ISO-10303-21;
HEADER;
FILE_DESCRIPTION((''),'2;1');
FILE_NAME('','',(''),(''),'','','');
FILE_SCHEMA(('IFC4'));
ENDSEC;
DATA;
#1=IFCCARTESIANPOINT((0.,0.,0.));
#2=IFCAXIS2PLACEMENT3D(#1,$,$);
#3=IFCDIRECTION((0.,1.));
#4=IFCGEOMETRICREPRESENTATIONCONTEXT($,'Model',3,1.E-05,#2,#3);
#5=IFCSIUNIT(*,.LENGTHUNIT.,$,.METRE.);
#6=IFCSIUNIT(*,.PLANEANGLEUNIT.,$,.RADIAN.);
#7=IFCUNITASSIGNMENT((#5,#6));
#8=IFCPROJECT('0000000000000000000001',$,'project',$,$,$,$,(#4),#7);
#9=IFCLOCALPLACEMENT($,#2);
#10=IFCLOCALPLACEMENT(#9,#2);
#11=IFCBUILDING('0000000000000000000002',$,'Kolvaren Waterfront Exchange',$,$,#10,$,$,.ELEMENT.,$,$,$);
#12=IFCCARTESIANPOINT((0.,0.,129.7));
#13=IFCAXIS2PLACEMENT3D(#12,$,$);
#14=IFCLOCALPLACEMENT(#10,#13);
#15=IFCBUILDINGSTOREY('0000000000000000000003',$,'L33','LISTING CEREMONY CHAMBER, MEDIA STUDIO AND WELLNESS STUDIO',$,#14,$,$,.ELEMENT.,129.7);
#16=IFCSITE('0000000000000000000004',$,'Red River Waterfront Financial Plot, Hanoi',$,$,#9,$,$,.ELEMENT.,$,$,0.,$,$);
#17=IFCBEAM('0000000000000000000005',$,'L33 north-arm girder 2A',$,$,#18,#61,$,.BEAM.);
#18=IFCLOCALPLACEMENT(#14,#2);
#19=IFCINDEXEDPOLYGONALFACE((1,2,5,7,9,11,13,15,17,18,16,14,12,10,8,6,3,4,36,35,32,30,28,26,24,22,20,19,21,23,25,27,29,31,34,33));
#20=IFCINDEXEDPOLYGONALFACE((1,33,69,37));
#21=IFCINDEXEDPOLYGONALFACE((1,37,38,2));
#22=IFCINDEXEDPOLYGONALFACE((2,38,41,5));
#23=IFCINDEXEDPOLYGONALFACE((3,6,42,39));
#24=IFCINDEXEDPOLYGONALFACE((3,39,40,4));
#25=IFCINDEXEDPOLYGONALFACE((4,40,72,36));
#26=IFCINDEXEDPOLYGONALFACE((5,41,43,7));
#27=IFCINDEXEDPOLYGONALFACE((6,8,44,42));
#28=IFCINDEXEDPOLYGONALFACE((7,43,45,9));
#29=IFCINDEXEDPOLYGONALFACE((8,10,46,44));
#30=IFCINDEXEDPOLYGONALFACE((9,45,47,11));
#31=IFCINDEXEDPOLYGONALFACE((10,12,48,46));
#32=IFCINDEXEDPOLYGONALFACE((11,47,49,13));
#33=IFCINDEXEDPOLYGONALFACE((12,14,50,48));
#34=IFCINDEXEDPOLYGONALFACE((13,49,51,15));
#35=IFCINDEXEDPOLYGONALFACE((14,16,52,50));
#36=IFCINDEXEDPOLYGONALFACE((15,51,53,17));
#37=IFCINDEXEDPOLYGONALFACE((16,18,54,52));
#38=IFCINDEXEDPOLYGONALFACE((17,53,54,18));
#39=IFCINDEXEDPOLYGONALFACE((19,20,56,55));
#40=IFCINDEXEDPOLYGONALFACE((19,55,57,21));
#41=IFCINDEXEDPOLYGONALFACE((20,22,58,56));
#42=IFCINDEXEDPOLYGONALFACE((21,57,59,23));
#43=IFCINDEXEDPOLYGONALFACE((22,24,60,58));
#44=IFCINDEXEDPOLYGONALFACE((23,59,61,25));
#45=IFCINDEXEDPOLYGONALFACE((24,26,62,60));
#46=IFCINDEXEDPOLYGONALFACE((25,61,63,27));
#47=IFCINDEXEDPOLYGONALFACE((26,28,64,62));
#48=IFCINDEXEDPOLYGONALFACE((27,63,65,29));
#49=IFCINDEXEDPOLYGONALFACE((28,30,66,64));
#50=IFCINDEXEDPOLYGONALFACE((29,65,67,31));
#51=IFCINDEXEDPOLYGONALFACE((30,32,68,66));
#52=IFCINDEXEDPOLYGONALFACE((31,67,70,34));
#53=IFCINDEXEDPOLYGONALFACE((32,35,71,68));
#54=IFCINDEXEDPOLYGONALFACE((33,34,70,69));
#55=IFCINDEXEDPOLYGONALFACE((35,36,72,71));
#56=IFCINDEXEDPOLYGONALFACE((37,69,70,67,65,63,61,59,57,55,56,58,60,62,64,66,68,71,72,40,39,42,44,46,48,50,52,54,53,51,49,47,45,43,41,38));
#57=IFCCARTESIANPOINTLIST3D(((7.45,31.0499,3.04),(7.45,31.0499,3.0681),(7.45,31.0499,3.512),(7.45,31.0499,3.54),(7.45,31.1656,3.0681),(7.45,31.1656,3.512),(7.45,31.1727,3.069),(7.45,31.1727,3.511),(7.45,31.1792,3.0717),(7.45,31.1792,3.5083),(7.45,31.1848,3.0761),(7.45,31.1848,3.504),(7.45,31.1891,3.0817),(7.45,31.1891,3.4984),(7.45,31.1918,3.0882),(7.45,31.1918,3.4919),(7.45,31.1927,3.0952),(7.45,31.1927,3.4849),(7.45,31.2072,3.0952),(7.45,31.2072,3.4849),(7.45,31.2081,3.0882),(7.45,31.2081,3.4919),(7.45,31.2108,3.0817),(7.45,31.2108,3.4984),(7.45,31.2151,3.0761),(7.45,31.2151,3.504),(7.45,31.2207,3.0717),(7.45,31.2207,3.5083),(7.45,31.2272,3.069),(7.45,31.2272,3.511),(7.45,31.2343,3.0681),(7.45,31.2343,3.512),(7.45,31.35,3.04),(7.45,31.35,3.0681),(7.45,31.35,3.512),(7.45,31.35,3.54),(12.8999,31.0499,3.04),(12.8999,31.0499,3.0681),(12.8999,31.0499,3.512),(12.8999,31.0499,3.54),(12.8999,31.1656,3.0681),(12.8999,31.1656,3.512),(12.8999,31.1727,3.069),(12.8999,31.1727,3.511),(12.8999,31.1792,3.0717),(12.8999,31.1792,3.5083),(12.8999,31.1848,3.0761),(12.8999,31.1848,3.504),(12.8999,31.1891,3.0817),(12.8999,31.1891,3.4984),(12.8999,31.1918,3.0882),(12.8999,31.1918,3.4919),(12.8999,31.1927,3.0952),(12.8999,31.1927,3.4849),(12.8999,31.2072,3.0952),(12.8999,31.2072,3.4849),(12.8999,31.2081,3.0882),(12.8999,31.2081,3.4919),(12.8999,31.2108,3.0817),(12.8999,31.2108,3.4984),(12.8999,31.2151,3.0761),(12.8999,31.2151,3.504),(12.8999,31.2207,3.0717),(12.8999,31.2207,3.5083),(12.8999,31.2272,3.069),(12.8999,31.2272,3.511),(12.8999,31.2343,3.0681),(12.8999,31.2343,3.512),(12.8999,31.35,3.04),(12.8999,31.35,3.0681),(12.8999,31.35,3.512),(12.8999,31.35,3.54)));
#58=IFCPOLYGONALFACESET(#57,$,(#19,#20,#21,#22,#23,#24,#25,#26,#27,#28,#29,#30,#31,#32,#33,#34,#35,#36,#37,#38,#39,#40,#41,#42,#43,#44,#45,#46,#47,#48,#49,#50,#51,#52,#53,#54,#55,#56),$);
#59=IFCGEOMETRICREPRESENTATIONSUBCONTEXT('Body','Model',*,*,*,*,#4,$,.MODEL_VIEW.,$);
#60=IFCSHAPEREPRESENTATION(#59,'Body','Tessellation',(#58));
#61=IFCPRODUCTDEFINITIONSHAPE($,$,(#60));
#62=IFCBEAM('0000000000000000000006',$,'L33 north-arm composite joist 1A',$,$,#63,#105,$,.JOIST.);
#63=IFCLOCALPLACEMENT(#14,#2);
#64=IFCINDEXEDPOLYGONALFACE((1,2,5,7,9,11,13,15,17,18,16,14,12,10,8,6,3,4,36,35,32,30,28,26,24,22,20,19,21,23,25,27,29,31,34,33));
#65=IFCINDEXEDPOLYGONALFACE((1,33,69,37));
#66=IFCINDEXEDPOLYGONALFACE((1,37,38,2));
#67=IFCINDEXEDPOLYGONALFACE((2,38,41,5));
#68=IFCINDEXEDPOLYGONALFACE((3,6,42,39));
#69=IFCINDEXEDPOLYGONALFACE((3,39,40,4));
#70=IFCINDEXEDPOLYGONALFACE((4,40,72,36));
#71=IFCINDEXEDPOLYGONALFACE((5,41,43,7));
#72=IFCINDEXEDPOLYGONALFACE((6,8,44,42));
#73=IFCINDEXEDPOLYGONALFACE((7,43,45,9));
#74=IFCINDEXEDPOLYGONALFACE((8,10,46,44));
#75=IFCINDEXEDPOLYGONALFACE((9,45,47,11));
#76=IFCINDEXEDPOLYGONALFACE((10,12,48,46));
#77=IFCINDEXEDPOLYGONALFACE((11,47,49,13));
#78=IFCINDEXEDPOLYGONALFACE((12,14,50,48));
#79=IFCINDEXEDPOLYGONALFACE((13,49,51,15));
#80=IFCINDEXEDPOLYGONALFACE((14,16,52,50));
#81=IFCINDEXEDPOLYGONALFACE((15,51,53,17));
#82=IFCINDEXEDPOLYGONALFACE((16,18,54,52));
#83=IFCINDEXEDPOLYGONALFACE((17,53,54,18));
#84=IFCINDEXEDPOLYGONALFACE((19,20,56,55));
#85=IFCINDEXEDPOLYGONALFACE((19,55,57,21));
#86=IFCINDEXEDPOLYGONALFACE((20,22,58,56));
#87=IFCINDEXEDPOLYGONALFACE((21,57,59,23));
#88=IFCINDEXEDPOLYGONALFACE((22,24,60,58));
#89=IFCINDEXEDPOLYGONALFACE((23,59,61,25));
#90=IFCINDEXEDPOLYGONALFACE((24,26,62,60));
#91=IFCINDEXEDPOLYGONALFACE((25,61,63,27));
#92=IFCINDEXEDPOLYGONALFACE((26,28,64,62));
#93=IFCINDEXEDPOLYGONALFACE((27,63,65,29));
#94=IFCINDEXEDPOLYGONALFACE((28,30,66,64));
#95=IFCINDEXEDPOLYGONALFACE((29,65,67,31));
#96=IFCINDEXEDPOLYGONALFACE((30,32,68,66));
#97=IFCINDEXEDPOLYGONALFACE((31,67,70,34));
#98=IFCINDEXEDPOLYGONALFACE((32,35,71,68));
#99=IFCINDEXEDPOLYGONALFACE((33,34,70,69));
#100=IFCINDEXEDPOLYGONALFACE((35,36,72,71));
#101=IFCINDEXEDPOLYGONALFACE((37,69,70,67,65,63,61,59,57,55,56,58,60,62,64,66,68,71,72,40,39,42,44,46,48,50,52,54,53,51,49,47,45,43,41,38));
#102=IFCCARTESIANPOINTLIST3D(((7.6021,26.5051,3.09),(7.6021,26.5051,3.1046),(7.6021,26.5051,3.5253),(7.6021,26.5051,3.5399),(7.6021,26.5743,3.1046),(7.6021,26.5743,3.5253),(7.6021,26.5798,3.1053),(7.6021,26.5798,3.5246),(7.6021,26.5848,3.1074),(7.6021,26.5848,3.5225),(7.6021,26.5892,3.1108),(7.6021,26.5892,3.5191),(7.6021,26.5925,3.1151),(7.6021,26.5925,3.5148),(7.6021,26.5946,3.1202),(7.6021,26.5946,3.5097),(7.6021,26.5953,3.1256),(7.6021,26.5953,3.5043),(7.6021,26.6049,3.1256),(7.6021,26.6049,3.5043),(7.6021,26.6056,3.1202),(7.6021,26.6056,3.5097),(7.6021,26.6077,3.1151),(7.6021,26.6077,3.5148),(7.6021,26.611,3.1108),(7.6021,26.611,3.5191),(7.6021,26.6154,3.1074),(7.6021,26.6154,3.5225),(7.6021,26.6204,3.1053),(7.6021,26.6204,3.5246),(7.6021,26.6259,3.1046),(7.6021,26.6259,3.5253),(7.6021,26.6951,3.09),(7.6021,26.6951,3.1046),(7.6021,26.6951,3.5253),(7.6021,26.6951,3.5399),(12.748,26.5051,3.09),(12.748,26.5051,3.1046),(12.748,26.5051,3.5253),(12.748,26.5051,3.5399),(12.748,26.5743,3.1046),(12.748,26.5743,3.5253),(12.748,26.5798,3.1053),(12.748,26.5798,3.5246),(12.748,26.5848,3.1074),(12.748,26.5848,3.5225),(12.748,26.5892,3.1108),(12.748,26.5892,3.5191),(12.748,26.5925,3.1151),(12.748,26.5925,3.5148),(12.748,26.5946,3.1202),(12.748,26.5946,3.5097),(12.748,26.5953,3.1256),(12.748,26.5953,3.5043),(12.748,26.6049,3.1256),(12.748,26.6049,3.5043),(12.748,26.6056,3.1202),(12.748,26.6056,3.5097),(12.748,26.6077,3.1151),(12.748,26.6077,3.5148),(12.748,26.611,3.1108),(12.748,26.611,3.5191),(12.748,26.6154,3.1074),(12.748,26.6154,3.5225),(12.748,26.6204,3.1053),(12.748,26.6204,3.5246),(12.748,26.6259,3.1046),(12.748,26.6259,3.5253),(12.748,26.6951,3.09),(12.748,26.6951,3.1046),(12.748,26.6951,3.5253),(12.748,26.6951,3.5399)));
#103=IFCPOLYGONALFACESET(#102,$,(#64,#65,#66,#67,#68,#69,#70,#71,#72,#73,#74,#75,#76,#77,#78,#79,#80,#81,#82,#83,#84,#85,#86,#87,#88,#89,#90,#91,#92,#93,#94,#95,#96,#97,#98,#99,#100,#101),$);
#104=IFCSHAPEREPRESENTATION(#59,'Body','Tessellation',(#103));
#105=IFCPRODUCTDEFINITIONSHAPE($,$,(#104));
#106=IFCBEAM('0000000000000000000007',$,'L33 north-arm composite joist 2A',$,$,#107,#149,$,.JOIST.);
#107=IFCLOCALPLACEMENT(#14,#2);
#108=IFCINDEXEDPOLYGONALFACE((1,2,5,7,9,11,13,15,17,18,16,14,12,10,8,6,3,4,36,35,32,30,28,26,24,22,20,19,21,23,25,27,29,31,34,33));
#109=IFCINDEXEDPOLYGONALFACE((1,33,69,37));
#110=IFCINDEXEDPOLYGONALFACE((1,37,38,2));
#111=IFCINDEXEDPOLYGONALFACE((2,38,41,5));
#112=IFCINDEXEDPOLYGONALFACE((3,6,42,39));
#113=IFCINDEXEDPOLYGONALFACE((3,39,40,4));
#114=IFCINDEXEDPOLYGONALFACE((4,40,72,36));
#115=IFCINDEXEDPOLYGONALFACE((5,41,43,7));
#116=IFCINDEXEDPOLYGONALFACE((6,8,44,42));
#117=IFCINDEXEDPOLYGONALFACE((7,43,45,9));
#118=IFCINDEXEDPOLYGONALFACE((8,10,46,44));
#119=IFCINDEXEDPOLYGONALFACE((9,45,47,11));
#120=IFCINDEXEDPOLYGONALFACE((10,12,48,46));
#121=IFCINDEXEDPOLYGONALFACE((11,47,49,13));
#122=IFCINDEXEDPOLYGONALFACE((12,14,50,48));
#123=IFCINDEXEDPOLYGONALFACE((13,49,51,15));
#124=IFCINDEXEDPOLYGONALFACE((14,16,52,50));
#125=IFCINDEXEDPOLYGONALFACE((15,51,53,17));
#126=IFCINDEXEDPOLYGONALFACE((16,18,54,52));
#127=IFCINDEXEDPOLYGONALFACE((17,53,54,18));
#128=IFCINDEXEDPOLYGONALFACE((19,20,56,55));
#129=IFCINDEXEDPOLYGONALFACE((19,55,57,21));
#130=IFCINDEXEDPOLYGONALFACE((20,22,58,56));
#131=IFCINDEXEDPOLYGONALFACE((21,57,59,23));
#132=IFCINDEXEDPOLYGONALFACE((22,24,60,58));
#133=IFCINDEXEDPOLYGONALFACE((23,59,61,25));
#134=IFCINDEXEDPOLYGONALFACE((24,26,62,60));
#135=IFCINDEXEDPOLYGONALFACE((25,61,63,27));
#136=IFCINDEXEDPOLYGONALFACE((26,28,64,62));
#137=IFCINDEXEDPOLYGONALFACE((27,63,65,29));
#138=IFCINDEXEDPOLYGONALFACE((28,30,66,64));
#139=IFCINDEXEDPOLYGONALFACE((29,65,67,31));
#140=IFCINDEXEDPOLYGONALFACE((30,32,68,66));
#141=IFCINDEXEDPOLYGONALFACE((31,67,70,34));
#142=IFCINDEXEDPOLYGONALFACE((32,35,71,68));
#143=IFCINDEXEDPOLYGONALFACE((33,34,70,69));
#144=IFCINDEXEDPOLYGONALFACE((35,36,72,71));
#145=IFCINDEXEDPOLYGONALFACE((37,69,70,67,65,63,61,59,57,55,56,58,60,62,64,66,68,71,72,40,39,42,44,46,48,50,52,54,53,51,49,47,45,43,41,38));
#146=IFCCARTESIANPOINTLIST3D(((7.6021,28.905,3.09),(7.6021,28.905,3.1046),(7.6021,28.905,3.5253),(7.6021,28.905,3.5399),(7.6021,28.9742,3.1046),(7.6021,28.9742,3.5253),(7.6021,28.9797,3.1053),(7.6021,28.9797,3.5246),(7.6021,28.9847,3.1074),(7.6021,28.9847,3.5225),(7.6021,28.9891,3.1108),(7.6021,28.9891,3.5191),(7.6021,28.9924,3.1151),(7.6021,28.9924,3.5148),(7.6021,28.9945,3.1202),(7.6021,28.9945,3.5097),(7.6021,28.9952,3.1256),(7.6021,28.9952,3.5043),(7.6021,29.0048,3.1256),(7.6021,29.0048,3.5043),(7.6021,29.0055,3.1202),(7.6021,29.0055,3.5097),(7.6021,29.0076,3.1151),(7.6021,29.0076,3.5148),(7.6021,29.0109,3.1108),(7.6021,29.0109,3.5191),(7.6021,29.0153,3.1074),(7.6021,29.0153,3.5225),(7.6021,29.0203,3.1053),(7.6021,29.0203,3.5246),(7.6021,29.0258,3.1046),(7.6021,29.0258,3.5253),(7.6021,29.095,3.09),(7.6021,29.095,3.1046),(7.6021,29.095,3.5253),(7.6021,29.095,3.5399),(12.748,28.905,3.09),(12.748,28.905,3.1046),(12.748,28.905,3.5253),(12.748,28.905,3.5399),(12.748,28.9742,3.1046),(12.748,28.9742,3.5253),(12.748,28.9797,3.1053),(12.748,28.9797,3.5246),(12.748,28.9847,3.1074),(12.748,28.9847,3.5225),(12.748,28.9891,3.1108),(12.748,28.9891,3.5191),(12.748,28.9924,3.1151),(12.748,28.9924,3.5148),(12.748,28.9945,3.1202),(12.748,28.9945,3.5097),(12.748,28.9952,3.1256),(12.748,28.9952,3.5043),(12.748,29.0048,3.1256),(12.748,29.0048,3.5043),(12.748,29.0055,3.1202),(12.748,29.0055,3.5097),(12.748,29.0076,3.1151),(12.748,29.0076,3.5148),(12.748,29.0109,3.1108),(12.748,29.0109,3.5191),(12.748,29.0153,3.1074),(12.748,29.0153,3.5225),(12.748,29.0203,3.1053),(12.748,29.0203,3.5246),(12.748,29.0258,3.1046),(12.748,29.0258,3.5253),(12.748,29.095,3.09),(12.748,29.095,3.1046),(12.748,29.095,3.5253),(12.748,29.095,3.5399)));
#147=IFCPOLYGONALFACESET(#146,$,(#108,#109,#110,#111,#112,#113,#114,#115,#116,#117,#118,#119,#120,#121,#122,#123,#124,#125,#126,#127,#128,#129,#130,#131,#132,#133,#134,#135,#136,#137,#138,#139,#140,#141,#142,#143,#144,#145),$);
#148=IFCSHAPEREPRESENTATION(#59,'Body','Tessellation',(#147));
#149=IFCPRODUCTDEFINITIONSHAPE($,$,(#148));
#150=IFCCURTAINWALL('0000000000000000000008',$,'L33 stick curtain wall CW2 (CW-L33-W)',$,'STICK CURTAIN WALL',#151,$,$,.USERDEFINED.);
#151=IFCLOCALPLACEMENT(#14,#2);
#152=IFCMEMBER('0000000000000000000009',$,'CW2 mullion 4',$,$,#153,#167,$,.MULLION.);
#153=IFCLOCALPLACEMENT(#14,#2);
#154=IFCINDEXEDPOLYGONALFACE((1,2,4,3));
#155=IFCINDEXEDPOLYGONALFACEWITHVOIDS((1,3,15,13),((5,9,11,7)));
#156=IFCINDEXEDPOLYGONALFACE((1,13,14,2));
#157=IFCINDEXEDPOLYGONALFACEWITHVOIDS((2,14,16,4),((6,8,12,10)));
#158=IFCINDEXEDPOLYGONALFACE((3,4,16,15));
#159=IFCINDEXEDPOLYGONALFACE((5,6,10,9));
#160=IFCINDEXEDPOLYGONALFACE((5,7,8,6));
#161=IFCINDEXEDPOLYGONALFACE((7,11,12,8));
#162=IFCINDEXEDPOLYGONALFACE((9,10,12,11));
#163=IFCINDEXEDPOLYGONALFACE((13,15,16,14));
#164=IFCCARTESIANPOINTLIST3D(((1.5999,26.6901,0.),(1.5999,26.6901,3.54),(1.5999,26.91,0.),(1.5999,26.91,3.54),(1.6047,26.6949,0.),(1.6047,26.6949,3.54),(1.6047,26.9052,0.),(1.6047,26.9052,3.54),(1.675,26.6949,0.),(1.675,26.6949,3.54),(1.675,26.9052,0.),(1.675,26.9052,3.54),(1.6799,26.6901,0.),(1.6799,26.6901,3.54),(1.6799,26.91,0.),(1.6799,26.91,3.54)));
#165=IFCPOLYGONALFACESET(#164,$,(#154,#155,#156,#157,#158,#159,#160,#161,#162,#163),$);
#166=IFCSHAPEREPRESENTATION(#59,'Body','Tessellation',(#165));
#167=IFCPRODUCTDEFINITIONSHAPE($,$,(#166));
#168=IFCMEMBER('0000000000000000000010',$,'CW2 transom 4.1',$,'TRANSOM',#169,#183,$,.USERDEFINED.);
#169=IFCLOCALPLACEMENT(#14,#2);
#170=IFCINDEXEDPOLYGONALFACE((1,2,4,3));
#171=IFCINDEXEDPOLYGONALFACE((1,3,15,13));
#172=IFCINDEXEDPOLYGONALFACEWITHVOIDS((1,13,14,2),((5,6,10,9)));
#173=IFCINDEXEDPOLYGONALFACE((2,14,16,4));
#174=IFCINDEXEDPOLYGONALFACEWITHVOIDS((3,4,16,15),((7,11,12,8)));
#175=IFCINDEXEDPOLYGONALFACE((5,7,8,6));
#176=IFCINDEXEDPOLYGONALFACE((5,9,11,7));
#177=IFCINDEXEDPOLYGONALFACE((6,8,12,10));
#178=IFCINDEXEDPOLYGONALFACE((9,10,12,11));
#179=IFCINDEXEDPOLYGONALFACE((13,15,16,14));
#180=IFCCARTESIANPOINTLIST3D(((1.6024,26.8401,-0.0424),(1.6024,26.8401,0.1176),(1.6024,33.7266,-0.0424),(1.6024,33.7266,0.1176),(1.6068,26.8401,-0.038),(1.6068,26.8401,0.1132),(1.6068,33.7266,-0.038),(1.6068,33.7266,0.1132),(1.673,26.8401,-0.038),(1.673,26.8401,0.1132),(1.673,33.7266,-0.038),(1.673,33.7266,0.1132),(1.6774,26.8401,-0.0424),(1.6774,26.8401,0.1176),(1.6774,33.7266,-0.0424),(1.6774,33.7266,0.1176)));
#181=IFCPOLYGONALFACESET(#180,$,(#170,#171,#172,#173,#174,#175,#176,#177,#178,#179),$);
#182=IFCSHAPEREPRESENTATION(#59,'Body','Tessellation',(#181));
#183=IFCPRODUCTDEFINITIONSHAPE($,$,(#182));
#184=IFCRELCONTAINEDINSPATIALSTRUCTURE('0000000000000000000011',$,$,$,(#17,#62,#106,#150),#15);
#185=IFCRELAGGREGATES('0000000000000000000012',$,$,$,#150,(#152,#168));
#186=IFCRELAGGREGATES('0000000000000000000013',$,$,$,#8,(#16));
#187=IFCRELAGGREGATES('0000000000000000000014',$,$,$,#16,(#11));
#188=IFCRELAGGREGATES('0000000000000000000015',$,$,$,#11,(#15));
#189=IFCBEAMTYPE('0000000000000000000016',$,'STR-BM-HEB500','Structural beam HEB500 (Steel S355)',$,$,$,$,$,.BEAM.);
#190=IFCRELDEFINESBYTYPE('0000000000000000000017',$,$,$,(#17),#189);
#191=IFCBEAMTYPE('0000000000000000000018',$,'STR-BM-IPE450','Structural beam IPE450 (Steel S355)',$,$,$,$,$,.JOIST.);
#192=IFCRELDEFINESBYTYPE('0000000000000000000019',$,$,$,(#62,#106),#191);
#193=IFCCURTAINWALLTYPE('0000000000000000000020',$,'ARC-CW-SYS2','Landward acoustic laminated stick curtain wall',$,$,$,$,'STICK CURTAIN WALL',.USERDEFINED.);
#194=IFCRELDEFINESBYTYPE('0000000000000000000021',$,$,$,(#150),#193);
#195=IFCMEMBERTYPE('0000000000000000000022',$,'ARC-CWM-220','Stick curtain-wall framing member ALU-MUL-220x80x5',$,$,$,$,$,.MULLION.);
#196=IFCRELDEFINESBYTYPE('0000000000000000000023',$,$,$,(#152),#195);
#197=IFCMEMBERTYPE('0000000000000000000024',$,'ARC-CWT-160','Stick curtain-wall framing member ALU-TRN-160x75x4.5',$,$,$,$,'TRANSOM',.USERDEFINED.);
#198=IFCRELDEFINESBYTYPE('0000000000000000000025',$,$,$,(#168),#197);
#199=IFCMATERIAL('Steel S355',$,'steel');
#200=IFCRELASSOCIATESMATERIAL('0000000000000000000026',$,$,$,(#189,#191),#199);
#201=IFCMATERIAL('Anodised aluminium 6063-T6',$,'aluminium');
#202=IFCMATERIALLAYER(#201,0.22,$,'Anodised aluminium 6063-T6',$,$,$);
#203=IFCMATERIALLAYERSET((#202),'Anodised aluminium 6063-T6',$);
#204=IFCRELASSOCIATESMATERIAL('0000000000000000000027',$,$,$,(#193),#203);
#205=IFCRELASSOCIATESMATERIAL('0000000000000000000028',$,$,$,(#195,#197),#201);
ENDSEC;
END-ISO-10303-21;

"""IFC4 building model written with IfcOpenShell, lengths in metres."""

from ifc_helpers import new_model, si_unit, direction, frame, origin, origin_with_axes, origin_2d, place, context, subcontext, project, spatial, hollow_rectangle, i_section, extrude, source, transform, mapped, material, layer, layer_set, material_profile, profile_set, type_object, element, aggregate, save


model = new_model("IFC4")

# Units and contexts
model_context = context("Model", 3, precision=1e-05, world=origin(), true_north=direction((0.0, 1.0)))
body_context = subcontext(model_context, "Body", "Model", "MODEL_VIEW")
ifc_project = project(units=[si_unit("LENGTHUNIT", "METRE"), si_unit("PLANEANGLEUNIT", "RADIAN")], contexts=[model_context])

# Site, building, storey
site_placement = place(None, origin())
site = spatial("IfcSite", under=ifc_project, at=site_placement, Name="Red River Waterfront Financial Plot, Hanoi", CompositionType="ELEMENT", RefElevation=0.0)
building_placement = place(site_placement, origin())
building = spatial("IfcBuilding", under=site, at=building_placement, Name="Kolvaren Waterfront Exchange", CompositionType="ELEMENT")
storey_placement = place(building_placement, frame((0.0, 0.0, 129.7)))
storey = spatial("IfcBuildingStorey", under=building, at=storey_placement, Name="L33", Description="LISTING CEREMONY CHAMBER, MEDIA STUDIO AND WELLNESS STUDIO", CompositionType="ELEMENT", Elevation=129.7)

# Beams
ifc_material_1 = material(Name="Steel S355", Category="steel")
ifc_material_profile_1 = material_profile(ifc_material_1, i_section(OverallWidth=0.3, OverallDepth=0.5, WebThickness=0.0144, FlangeThickness=0.0281, FilletRadius=0.0271, at=origin_2d()), Name="HEB500")
ifc_profile_set_1 = profile_set([ifc_material_profile_1], Name="Steel S355")
beam_type_1 = type_object("IfcBeamType", Name="STR-BM-HEB500", Description="Structural beam HEB500 (Steel S355)", PredefinedType="BEAM", material=ifc_profile_set_1)
for number, where, z_axis, x_axis, name in (
    (1, (7.45, 31.2, 3.29), (1.0, 0.0, 0.0), (0.0, 1.0, 0.0), "L33 north-arm girder 2A"),
):
    element("IfcBeam", number, at=place(storey_placement, frame(where, z_axis=z_axis, x_axis=x_axis)), inside=storey, type_object=beam_type_1, Name=name, PredefinedType="BEAM", context=body_context, shape_type="SweptSolid", body=[
        extrude(i_section(OverallWidth=0.3, OverallDepth=0.5, WebThickness=0.0144, FlangeThickness=0.0281, FilletRadius=0.0271, at=origin_2d()), origin(), (0.0, 0.0, 1.0), 5.45),
    ])
ifc_material_profile_2 = material_profile(ifc_material_1, i_section(OverallWidth=0.1899, OverallDepth=0.45, WebThickness=0.0095, FlangeThickness=0.0146, FilletRadius=0.021, at=origin_2d()), Name="IPE450")
ifc_profile_set_2 = profile_set([ifc_material_profile_2], Name="Steel S355")
beam_type_2 = type_object("IfcBeamType", Name="STR-BM-IPE450", Description="Structural beam IPE450 (Steel S355)", PredefinedType="JOIST", material=ifc_profile_set_2)
for number, where, z_axis, x_axis, name in (
    (2, (7.6021, 26.6001, 3.3149), (1.0, 0.0, 0.0), (0.0, 1.0, 0.0), "L33 north-arm composite joist 1A"),
    (3, (7.6021, 29.0, 3.3149), (1.0, 0.0, 0.0), (0.0, 1.0, 0.0), "L33 north-arm composite joist 2A"),
):
    element("IfcBeam", number, at=place(storey_placement, frame(where, z_axis=z_axis, x_axis=x_axis)), inside=storey, type_object=beam_type_2, Name=name, PredefinedType="JOIST", context=body_context, shape_type="SweptSolid", body=[
        extrude(i_section(OverallWidth=0.1899, OverallDepth=0.45, WebThickness=0.0095, FlangeThickness=0.0146, FilletRadius=0.021, at=origin_2d()), origin(), (0.0, 0.0, 1.0), 5.146),
    ])

# Curtain wall, members
ifc_material_2 = material(Name="Anodised aluminium 6063-T6", Category="aluminium")
ifc_layer_1 = layer(ifc_material_2, 0.22, Name="Anodised aluminium 6063-T6")
ifc_layer_set_1 = layer_set([ifc_layer_1], Name="Anodised aluminium 6063-T6")
curtain_wall_type = type_object("IfcCurtainWallType", Name="ARC-CW-SYS2", Description="Landward acoustic laminated stick curtain wall", ElementType="STICK CURTAIN WALL", PredefinedType="USERDEFINED", material=ifc_layer_set_1)
curtain_wall_placement = place(storey_placement, origin())
curtain_wall = element("IfcCurtainWall", 4, at=curtain_wall_placement, inside=storey, type_object=curtain_wall_type, Name="L33 stick curtain wall CW2 (CW-L33-W)", ObjectType="STICK CURTAIN WALL", PredefinedType="USERDEFINED")
ifc_material_profile_3 = material_profile(ifc_material_2, hollow_rectangle(XDim=0.0801, YDim=0.22, WallThickness=0.0049, at=origin_2d()), Name="ALU-MUL-220x80x5")
ifc_profile_set_3 = profile_set([ifc_material_profile_3], Name="Anodised aluminium 6063-T6")
member_type_1 = type_object("IfcMemberType", Name="ARC-CWM-220", Description="Stick curtain-wall framing member ALU-MUL-220x80x5", PredefinedType="MULLION", material=ifc_profile_set_3)
shared_shape_1 = source(origin_with_axes(), body_context, "Body", "SweptSolid", [
    extrude(hollow_rectangle(XDim=0.0801, YDim=0.22, WallThickness=0.0049, at=origin_2d()), origin(), (0.0, 0.0, 1.0), 3.54),
])
member_1_placement = place(storey_placement, frame((1.6399, 26.8, 0.0), z_axis=(0.0, 0.0, 1.0), x_axis=(-1.0, 0.0, 0.0)))
member_1 = element("IfcMember", 5, at=member_1_placement, type_object=member_type_1, Name="CW2 mullion 4", PredefinedType="MULLION", context=body_context, shape_type="MappedRepresentation", body=[
    mapped(shared_shape_1, transform((0.0, 0.0, 0.0), x_axis=(1.0, 0.0, 0.0), y_axis=(0.0, 1.0, 0.0), z_axis=(0.0, 0.0, 1.0), scale=1.0)),
])
ifc_material_profile_4 = material_profile(ifc_material_2, hollow_rectangle(XDim=0.075, YDim=0.1599, WallThickness=0.0044, at=origin_2d()), Name="ALU-TRN-160x75x4.5")
ifc_profile_set_4 = profile_set([ifc_material_profile_4], Name="Anodised aluminium 6063-T6")
member_type_2 = type_object("IfcMemberType", Name="ARC-CWT-160", Description="Stick curtain-wall framing member ALU-TRN-160x75x4.5", ElementType="TRANSOM", PredefinedType="USERDEFINED", material=ifc_profile_set_4)
shared_shape_2 = source(origin_with_axes(), body_context, "Body", "SweptSolid", [
    extrude(hollow_rectangle(XDim=0.075, YDim=0.1599, WallThickness=0.0044, at=origin_2d()), origin(), (0.0, 0.0, 1.0), 6.8865),
])
member_2_placement = place(storey_placement, frame((1.6399, 26.8401, 0.0376), z_axis=(0.0, 1.0, 0.0), x_axis=(-1.0, 0.0, 0.0)))
member_2 = element("IfcMember", 6, at=member_2_placement, type_object=member_type_2, Name="CW2 transom 4.1", ObjectType="TRANSOM", PredefinedType="USERDEFINED", context=body_context, shape_type="MappedRepresentation", body=[
    mapped(shared_shape_2, transform((0.0, 0.0, 0.0), x_axis=(1.0, 0.0, 0.0), y_axis=(0.0, 1.0, 0.0), z_axis=(0.0, 0.0, 1.0), scale=1.0)),
])
aggregate(curtain_wall, [member_1, member_2])

save(model, "model.ifc")
